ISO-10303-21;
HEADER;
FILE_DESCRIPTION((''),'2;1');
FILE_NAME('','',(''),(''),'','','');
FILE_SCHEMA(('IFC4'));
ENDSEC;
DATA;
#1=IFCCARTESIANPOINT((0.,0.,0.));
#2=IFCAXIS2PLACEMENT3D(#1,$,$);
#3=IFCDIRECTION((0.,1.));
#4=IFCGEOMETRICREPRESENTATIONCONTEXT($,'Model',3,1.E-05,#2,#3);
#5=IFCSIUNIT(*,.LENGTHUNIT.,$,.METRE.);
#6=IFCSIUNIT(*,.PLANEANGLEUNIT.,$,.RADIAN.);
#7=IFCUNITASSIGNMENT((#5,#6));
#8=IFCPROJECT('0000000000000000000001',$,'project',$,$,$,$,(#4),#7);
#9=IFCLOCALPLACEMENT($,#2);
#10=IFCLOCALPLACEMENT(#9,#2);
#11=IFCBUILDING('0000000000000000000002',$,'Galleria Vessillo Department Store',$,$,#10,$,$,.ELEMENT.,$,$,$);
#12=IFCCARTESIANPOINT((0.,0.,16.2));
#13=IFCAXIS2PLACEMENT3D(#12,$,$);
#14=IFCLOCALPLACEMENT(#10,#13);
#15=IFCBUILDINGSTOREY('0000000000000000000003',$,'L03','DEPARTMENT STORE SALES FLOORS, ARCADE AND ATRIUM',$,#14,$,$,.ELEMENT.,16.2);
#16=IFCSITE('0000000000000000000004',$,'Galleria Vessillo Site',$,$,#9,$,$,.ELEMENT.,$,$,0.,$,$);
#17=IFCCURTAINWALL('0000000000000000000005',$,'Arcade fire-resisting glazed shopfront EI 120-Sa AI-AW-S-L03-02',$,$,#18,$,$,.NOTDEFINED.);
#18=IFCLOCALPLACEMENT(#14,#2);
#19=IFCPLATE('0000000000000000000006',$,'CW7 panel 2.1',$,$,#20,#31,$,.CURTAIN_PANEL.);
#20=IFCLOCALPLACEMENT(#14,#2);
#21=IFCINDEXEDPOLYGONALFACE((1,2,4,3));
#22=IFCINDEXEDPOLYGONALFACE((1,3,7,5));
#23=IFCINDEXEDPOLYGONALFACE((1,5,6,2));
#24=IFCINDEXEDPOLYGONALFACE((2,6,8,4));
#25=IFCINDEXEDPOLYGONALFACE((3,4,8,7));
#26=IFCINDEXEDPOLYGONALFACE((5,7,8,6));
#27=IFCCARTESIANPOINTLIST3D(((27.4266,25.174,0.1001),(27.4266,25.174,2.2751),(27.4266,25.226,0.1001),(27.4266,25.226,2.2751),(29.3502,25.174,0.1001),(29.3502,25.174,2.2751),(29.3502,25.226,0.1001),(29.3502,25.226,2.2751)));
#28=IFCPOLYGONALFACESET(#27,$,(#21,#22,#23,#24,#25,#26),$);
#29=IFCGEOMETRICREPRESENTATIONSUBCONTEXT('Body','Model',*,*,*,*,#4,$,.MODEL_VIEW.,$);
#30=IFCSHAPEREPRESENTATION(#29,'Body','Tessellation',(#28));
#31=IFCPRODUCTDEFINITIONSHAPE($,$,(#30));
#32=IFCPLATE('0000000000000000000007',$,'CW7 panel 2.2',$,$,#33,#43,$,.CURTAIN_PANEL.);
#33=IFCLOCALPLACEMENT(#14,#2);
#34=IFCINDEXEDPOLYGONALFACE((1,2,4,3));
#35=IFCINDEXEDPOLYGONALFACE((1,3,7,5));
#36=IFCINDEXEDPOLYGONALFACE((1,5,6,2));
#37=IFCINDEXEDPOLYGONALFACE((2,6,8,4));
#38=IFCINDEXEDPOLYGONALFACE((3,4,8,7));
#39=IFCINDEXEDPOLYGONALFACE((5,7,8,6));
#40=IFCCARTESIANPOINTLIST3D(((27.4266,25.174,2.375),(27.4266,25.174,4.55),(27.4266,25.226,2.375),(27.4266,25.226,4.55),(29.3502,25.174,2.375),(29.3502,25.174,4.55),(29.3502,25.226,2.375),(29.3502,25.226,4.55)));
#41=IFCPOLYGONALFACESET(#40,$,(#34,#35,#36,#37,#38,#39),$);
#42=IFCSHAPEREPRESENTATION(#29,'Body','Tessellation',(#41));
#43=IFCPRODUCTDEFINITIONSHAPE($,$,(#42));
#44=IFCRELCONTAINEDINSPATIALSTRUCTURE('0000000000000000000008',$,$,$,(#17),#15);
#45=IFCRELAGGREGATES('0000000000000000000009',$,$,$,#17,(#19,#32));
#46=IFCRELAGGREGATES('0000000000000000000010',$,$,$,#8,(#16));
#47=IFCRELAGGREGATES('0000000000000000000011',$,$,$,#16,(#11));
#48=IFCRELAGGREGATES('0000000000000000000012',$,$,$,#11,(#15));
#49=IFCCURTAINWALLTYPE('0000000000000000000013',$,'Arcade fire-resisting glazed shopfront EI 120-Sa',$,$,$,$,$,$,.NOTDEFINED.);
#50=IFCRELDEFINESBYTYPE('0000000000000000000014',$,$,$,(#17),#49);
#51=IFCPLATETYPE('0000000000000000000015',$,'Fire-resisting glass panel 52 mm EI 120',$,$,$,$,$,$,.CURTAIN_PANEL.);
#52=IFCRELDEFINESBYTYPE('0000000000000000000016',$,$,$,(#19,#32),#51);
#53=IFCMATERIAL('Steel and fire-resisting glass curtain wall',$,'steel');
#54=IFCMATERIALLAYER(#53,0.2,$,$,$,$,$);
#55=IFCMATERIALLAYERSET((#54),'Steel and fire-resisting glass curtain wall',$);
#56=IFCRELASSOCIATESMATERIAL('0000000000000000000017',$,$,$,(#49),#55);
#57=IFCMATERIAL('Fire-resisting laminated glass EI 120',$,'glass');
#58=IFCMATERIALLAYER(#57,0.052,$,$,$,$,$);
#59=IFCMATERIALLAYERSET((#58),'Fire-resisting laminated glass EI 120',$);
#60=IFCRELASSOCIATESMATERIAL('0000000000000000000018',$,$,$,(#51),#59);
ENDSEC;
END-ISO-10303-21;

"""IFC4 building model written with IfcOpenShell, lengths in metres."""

from ifc_helpers import new_model, si_unit, direction, frame, origin, origin_2d, place, context, subcontext, project, spatial, rectangle, extrude, material, layer, layer_set, type_object, element, aggregate, save


model = new_model("IFC4")

# Units and contexts
model_context = context("Model", 3, precision=1e-05, world=origin(), true_north=direction((0.0, 1.0)))
body_context = subcontext(model_context, "Body", "Model", "MODEL_VIEW")
ifc_project = project(units=[si_unit("LENGTHUNIT", "METRE"), si_unit("PLANEANGLEUNIT", "RADIAN")], contexts=[model_context])

# Site, building, storey
site_placement = place(None, origin())
site = spatial("IfcSite", under=ifc_project, at=site_placement, Name="Galleria Vessillo Site", CompositionType="ELEMENT", RefElevation=0.0)
building_placement = place(site_placement, origin())
building = spatial("IfcBuilding", under=site, at=building_placement, Name="Galleria Vessillo Department Store", CompositionType="ELEMENT")
storey_placement = place(building_placement, frame((0.0, 0.0, 16.2)))
storey = spatial("IfcBuildingStorey", under=building, at=storey_placement, Name="L03", Description="DEPARTMENT STORE SALES FLOORS, ARCADE AND ATRIUM", CompositionType="ELEMENT", Elevation=16.2)

# Curtain wall
ifc_material_1 = material(Name="Steel and fire-resisting glass curtain wall", Category="steel")
ifc_layer_1 = layer(ifc_material_1, 0.2)
ifc_layer_set_1 = layer_set([ifc_layer_1], Name="Steel and fire-resisting glass curtain wall")
curtain_wall_type = type_object("IfcCurtainWallType", Name="Arcade fire-resisting glazed shopfront EI 120-Sa", PredefinedType="NOTDEFINED", material=ifc_layer_set_1)
curtain_wall_1_placement = place(storey_placement, origin())
curtain_wall_1 = element("IfcCurtainWall", 1, at=curtain_wall_1_placement, inside=storey, type_object=curtain_wall_type, Name="Arcade fire-resisting glazed shopfront EI 120-Sa AI-AW-S-L03-02", PredefinedType="NOTDEFINED")

# Plates
ifc_material_2 = material(Name="Fire-resisting laminated glass EI 120", Category="glass")
ifc_layer_2 = layer(ifc_material_2, 0.052)
ifc_layer_set_2 = layer_set([ifc_layer_2], Name="Fire-resisting laminated glass EI 120")
plate_type = type_object("IfcPlateType", Name="Fire-resisting glass panel 52 mm EI 120", PredefinedType="CURTAIN_PANEL", material=ifc_layer_set_2)
plate_1_placement = place(storey_placement, frame((28.3884, 25.2, 0.1001), z_axis=(0.0, 0.0, 1.0), x_axis=(1.0, 0.0, 0.0)))
plate_1 = element("IfcPlate", 2, at=plate_1_placement, type_object=plate_type, Name="CW7 panel 2.1", PredefinedType="CURTAIN_PANEL", context=body_context, shape_type="SweptSolid", body=[
    extrude(rectangle(XDim=1.9236, YDim=0.052, at=origin_2d()), origin(), (0.0, 0.0, 1.0), 2.175),
])
plate_2_placement = place(storey_placement, frame((28.3884, 25.2, 2.375), z_axis=(0.0, 0.0, 1.0), x_axis=(1.0, 0.0, 0.0)))
plate_2 = element("IfcPlate", 3, at=plate_2_placement, type_object=plate_type, Name="CW7 panel 2.2", PredefinedType="CURTAIN_PANEL", context=body_context, shape_type="SweptSolid", body=[
    extrude(rectangle(XDim=1.9236, YDim=0.052, at=origin_2d()), origin(), (0.0, 0.0, 1.0), 2.175),
])
aggregate(curtain_wall_1, [plate_1, plate_2])

save(model, "model.ifc")
